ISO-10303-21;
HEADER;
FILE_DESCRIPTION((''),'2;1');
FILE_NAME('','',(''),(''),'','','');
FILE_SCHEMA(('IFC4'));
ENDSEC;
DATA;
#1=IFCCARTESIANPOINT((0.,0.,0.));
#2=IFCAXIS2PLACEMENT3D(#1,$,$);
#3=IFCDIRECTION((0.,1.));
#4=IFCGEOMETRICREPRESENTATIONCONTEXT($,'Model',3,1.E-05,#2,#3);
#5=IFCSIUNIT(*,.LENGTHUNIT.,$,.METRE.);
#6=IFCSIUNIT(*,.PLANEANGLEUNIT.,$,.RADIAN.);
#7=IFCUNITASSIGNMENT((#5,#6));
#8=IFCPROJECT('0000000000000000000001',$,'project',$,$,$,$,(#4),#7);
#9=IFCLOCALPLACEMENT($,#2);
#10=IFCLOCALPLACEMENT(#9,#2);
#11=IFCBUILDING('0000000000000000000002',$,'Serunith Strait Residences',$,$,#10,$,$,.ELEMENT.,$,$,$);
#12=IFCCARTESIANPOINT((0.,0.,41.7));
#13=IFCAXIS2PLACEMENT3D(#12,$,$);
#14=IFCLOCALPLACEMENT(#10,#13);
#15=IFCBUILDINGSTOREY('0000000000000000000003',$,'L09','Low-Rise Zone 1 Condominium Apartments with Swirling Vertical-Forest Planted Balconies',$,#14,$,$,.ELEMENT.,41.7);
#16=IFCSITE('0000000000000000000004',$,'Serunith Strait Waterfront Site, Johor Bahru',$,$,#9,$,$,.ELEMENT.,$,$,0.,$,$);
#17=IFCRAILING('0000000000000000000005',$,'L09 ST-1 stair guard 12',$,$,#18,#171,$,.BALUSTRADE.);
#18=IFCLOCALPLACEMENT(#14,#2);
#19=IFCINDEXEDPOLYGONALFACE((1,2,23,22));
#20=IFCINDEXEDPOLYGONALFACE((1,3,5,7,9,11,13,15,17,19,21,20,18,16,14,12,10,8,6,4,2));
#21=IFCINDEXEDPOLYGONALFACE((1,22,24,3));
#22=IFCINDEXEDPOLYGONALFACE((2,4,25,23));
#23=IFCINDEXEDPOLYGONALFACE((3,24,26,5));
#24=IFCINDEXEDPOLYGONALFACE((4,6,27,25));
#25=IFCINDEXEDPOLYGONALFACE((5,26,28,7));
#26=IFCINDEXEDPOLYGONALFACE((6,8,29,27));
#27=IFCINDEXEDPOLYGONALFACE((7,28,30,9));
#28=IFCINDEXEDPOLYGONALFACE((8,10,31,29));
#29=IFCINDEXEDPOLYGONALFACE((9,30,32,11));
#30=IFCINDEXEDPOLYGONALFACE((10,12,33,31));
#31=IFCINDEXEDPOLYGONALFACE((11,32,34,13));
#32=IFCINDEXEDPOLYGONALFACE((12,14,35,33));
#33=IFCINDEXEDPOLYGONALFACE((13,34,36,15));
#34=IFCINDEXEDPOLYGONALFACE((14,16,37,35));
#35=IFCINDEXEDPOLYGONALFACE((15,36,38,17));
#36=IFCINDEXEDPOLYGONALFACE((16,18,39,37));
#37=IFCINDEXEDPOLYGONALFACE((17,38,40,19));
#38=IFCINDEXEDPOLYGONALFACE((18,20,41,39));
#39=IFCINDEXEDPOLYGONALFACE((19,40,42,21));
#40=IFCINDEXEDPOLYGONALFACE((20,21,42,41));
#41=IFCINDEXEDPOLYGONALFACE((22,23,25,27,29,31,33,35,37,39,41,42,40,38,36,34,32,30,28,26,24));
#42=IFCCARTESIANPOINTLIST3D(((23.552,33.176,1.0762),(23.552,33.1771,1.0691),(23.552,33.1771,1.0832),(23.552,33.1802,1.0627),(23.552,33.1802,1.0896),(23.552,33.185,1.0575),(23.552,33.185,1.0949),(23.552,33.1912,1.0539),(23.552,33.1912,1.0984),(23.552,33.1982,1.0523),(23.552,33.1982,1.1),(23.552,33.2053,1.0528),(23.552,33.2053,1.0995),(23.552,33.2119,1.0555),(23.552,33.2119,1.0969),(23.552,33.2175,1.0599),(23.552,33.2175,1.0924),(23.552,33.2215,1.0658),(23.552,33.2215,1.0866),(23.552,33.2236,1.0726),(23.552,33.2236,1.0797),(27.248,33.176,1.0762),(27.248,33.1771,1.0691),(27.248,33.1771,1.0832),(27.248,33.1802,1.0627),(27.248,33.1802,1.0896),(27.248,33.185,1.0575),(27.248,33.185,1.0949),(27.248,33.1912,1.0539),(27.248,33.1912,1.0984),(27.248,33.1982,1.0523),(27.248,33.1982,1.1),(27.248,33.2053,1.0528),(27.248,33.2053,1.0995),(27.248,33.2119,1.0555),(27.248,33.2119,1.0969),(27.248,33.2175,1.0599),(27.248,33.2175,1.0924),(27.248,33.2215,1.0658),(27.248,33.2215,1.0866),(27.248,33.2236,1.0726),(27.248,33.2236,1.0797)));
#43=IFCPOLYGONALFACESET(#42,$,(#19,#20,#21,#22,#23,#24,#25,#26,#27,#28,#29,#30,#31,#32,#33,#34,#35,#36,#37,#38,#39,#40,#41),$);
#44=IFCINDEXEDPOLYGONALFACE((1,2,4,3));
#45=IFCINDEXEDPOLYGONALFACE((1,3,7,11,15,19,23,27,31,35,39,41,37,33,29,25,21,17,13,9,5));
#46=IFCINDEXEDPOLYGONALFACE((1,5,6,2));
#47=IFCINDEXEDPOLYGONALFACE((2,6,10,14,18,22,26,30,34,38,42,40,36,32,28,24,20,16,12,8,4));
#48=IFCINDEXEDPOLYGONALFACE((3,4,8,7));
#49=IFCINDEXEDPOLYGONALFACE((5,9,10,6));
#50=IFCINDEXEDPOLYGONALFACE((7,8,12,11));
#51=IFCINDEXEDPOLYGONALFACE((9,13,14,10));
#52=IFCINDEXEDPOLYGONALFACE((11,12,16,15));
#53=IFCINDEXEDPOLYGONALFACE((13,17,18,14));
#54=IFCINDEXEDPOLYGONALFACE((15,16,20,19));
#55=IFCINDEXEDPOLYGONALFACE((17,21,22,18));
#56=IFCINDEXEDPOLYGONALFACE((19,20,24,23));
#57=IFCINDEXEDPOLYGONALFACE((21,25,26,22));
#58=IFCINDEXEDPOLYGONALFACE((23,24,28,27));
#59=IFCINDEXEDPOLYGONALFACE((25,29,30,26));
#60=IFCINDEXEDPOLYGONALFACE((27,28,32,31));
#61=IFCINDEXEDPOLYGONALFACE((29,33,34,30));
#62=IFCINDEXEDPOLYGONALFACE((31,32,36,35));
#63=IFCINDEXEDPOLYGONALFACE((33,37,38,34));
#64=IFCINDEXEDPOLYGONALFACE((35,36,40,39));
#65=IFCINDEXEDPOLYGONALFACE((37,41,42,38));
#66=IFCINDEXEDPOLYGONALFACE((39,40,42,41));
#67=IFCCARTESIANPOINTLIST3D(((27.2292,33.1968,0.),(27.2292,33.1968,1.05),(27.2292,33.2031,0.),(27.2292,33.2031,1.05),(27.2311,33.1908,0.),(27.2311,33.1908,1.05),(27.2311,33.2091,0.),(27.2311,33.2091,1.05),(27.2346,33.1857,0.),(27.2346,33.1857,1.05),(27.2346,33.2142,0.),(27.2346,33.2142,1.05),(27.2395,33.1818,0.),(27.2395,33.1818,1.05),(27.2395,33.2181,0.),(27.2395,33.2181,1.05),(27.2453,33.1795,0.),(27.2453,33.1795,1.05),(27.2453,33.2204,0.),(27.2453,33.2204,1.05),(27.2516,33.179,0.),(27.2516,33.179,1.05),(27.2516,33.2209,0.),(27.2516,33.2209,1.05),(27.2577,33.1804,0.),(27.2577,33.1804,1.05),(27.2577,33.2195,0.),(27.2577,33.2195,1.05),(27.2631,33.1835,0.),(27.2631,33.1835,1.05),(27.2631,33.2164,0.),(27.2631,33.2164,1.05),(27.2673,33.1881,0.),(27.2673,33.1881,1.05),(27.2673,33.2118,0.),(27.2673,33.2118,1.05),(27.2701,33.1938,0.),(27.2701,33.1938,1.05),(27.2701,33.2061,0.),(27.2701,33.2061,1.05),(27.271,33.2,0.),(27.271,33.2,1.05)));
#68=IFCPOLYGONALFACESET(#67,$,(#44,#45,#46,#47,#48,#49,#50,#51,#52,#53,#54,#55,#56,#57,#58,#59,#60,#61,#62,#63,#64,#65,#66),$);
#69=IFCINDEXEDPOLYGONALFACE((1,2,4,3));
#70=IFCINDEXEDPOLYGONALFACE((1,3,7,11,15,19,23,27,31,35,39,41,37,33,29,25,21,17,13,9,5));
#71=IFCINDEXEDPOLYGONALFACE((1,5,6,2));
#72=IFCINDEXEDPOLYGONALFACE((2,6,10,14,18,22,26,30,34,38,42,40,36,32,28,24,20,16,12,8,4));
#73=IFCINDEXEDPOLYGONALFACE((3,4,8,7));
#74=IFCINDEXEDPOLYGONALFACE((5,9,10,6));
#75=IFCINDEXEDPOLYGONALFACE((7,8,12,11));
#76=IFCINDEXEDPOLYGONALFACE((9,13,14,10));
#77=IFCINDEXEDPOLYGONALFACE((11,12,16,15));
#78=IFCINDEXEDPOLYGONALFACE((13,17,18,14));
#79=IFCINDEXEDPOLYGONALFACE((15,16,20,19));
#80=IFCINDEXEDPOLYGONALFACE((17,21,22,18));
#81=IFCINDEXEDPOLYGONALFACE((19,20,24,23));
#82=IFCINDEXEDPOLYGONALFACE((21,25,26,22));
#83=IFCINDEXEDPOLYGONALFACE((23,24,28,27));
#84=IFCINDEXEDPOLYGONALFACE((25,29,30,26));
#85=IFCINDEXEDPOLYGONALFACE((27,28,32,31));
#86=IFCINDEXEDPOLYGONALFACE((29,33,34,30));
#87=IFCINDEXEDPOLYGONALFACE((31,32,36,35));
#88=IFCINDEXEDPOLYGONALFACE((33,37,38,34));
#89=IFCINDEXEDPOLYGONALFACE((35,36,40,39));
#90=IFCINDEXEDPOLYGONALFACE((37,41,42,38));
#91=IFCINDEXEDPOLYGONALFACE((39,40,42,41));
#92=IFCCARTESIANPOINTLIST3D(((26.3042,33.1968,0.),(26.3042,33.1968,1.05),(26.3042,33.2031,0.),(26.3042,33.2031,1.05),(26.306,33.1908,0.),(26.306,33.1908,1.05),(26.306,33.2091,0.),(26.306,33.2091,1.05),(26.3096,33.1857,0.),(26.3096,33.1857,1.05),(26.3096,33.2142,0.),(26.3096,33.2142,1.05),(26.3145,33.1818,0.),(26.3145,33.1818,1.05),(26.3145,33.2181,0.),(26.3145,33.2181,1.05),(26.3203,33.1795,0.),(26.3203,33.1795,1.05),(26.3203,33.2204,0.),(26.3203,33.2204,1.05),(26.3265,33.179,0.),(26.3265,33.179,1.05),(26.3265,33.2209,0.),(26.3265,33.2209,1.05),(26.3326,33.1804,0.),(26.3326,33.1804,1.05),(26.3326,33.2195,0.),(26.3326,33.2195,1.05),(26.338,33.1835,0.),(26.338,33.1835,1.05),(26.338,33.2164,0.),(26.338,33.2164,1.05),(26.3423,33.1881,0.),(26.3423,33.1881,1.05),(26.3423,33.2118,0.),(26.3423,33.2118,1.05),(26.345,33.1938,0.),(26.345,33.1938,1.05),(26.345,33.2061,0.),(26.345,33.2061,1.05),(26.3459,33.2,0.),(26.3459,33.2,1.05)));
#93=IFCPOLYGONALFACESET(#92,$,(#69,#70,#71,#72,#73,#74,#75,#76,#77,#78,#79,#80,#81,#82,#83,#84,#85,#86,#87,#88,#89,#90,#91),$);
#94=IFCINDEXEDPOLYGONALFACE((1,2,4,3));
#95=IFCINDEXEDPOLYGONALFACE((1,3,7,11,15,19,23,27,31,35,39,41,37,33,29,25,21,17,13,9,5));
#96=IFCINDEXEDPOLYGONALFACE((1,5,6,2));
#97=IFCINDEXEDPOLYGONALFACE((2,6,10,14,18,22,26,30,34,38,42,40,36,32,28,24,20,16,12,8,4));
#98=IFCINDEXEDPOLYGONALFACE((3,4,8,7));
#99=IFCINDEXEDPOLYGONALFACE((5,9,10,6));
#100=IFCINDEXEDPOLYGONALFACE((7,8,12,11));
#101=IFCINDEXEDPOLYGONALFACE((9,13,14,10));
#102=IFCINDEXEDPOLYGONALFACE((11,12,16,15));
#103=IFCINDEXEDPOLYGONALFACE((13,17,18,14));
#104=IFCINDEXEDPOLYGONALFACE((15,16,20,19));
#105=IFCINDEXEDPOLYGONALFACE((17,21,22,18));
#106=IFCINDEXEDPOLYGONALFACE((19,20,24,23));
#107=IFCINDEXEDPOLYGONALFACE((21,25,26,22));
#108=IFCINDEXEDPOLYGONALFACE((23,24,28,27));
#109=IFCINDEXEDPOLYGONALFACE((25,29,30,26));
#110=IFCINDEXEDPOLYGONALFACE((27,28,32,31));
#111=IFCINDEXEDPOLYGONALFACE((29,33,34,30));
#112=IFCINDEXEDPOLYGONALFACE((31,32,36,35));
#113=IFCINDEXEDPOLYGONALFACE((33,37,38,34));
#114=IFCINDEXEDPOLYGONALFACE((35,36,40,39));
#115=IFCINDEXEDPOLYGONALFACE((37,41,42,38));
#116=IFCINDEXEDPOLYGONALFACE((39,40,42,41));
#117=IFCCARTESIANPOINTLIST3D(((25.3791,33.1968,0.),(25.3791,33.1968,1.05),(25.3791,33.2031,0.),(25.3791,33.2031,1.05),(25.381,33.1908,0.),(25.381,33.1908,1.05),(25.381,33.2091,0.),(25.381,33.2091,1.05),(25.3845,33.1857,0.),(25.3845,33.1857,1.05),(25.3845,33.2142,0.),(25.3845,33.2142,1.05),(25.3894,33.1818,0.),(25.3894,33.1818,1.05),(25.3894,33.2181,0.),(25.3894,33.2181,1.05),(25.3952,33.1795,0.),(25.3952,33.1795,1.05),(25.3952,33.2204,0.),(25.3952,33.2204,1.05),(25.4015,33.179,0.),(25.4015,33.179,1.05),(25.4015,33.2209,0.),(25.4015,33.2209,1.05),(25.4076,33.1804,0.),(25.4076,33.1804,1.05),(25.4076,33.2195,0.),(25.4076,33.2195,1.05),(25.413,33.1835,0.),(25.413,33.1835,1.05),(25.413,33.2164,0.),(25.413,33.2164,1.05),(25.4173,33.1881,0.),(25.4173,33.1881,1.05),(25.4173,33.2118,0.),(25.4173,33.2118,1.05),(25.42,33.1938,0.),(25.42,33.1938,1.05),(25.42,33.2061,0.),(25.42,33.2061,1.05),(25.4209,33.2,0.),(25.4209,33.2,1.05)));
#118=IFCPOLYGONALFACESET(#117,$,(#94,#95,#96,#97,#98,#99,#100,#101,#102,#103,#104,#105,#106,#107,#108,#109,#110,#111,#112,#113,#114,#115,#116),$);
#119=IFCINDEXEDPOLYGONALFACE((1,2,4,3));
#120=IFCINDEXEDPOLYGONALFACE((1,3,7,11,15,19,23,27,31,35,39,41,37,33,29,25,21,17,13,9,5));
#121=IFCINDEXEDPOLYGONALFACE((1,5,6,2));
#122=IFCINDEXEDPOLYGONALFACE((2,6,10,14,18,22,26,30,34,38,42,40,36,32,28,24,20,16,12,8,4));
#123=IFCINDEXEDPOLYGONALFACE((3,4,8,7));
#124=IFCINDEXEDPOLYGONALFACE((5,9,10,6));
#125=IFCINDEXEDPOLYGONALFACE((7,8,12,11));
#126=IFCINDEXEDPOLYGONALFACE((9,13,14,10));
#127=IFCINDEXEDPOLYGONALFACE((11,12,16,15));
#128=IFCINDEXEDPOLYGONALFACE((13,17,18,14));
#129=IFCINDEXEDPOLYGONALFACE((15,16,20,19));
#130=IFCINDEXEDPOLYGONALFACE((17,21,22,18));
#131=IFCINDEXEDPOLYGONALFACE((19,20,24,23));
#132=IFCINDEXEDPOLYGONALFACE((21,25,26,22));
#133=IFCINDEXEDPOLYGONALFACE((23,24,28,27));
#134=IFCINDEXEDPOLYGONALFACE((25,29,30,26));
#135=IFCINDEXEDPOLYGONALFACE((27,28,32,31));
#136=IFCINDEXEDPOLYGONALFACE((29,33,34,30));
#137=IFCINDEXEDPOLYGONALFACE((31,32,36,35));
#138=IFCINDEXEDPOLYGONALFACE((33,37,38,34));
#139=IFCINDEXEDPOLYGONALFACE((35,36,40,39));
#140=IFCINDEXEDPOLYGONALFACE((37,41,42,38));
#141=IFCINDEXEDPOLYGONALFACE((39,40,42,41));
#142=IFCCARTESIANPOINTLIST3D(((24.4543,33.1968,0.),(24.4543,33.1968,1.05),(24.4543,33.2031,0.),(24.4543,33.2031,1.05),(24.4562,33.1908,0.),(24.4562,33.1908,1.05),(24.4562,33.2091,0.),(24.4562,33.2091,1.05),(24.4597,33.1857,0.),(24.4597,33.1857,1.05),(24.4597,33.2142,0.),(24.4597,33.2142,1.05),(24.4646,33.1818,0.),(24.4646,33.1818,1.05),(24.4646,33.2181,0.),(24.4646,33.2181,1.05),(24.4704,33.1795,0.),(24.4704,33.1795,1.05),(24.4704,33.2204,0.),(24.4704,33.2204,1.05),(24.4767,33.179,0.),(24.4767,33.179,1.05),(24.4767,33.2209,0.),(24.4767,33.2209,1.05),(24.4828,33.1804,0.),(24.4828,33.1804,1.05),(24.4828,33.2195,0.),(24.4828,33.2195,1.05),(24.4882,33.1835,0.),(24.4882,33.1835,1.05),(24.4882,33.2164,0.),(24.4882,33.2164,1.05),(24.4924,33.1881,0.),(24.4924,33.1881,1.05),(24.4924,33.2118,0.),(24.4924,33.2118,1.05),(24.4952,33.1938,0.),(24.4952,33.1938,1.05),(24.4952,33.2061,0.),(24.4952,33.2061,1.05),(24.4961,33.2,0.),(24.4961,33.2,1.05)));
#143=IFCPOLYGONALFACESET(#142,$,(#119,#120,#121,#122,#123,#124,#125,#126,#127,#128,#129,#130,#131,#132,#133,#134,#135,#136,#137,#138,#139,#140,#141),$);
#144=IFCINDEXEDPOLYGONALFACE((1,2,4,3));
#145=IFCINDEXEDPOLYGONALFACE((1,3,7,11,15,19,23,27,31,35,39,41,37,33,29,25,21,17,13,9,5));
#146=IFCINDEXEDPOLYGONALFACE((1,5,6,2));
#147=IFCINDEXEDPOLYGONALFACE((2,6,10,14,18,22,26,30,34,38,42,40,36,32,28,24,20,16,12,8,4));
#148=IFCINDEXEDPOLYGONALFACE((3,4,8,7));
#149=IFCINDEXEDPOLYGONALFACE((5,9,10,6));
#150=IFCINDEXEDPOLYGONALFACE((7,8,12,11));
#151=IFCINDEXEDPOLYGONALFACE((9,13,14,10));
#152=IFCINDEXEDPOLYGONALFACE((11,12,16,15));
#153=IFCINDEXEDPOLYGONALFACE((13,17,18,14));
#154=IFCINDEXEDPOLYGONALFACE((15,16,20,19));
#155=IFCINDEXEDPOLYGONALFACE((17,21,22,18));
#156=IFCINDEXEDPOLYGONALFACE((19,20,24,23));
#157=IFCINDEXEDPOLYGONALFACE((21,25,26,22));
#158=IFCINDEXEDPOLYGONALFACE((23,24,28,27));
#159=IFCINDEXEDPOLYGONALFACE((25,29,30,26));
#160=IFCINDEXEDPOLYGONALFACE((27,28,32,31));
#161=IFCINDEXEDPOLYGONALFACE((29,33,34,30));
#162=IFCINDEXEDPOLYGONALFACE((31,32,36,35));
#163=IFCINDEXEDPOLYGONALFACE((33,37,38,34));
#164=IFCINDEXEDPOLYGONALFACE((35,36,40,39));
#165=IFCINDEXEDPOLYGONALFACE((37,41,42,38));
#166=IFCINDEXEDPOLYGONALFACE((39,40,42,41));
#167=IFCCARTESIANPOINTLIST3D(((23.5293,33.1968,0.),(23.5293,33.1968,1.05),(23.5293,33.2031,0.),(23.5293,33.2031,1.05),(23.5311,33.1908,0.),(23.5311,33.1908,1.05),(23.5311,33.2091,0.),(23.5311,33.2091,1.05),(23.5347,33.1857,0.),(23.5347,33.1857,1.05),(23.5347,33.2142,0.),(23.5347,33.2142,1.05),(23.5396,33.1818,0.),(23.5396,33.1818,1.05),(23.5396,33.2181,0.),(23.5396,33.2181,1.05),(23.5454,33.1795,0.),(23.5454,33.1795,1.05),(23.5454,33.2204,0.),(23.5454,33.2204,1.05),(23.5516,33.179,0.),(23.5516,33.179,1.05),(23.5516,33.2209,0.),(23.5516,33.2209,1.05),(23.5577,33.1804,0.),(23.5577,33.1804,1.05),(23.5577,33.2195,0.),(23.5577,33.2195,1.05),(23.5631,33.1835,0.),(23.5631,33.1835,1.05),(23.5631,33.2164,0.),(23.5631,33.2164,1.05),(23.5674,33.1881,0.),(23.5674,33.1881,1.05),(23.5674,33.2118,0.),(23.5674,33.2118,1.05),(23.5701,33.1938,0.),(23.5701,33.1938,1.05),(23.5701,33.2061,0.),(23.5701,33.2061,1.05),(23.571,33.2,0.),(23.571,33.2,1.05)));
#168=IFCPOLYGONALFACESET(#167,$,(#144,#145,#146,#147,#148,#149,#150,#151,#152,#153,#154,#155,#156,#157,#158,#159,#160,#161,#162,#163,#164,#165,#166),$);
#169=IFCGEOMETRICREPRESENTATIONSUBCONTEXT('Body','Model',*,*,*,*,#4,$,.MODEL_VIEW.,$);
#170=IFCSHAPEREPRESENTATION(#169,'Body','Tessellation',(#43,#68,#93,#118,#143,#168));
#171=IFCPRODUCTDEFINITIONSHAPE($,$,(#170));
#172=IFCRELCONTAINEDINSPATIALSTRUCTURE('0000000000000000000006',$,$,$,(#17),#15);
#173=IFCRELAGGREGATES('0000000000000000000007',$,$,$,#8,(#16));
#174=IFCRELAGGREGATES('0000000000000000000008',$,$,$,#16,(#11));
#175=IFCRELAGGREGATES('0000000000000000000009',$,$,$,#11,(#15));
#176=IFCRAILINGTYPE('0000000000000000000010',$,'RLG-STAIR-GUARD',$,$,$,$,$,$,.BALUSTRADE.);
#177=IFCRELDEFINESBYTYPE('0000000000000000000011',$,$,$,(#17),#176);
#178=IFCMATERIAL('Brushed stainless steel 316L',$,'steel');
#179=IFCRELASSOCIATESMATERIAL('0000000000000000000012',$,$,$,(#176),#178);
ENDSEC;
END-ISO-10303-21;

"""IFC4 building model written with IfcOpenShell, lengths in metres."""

from ifc_helpers import new_model, si_unit, direction, frame, origin, origin_2d, place, context, subcontext, project, spatial, circle, extrude, material, type_object, element, save


model = new_model("IFC4")

# Units and contexts
model_context = context("Model", 3, precision=1e-05, world=origin(), true_north=direction((0.0, 1.0)))
body_context = subcontext(model_context, "Body", "Model", "MODEL_VIEW")
ifc_project = project(units=[si_unit("LENGTHUNIT", "METRE"), si_unit("PLANEANGLEUNIT", "RADIAN")], contexts=[model_context])

# Site, building, storey
site_placement = place(None, origin())
site = spatial("IfcSite", under=ifc_project, at=site_placement, Name="Serunith Strait Waterfront Site, Johor Bahru", CompositionType="ELEMENT", RefElevation=0.0)
building_placement = place(site_placement, origin())
building = spatial("IfcBuilding", under=site, at=building_placement, Name="Serunith Strait Residences", CompositionType="ELEMENT")
storey_placement = place(building_placement, frame((0.0, 0.0, 41.7)))
storey = spatial("IfcBuildingStorey", under=building, at=storey_placement, Name="L09", Description="Low-Rise Zone 1 Condominium Apartments with Swirling Vertical-Forest Planted Balconies", CompositionType="ELEMENT", Elevation=41.7)

# Railing
ifc_material_1 = material(Name="Brushed stainless steel 316L", Category="steel")
railing_type_1 = type_object("IfcRailingType", Name="RLG-STAIR-GUARD", PredefinedType="BALUSTRADE", material=ifc_material_1)
railing_1_placement = place(storey_placement, frame((27.25, 33.2, 0.0)))
element("IfcRailing", 1, at=railing_1_placement, inside=storey, type_object=railing_type_1, Name="L09 ST-1 stair guard 12", PredefinedType="BALUSTRADE", context=body_context, shape_type="SweptSolid", body=[
    extrude(circle(Radius=0.0239, at=origin_2d()), frame((-0.002, 0.0, 1.0762), z_axis=(-1.0, 0.0, 0.0), x_axis=(0.0, -1.0, 0.0)), (0.0, 0.0, 1.0), 3.696),
    extrude(circle(Radius=0.021, at=origin_2d()), origin(), (0.0, 0.0, 1.0), 1.05),
    extrude(circle(Radius=0.021, at=origin_2d()), frame((-0.925, 0.0, 0.0)), (0.0, 0.0, 1.0), 1.05),
    extrude(circle(Radius=0.021, at=origin_2d()), frame((-1.8501, 0.0, 0.0)), (0.0, 0.0, 1.0), 1.05),
    extrude(circle(Radius=0.021, at=origin_2d()), frame((-2.7749, 0.0, 0.0)), (0.0, 0.0, 1.0), 1.05),
    extrude(circle(Radius=0.021, at=origin_2d()), frame((-3.7, 0.0, 0.0)), (0.0, 0.0, 1.0), 1.05),
])

save(model, "model.ifc")
